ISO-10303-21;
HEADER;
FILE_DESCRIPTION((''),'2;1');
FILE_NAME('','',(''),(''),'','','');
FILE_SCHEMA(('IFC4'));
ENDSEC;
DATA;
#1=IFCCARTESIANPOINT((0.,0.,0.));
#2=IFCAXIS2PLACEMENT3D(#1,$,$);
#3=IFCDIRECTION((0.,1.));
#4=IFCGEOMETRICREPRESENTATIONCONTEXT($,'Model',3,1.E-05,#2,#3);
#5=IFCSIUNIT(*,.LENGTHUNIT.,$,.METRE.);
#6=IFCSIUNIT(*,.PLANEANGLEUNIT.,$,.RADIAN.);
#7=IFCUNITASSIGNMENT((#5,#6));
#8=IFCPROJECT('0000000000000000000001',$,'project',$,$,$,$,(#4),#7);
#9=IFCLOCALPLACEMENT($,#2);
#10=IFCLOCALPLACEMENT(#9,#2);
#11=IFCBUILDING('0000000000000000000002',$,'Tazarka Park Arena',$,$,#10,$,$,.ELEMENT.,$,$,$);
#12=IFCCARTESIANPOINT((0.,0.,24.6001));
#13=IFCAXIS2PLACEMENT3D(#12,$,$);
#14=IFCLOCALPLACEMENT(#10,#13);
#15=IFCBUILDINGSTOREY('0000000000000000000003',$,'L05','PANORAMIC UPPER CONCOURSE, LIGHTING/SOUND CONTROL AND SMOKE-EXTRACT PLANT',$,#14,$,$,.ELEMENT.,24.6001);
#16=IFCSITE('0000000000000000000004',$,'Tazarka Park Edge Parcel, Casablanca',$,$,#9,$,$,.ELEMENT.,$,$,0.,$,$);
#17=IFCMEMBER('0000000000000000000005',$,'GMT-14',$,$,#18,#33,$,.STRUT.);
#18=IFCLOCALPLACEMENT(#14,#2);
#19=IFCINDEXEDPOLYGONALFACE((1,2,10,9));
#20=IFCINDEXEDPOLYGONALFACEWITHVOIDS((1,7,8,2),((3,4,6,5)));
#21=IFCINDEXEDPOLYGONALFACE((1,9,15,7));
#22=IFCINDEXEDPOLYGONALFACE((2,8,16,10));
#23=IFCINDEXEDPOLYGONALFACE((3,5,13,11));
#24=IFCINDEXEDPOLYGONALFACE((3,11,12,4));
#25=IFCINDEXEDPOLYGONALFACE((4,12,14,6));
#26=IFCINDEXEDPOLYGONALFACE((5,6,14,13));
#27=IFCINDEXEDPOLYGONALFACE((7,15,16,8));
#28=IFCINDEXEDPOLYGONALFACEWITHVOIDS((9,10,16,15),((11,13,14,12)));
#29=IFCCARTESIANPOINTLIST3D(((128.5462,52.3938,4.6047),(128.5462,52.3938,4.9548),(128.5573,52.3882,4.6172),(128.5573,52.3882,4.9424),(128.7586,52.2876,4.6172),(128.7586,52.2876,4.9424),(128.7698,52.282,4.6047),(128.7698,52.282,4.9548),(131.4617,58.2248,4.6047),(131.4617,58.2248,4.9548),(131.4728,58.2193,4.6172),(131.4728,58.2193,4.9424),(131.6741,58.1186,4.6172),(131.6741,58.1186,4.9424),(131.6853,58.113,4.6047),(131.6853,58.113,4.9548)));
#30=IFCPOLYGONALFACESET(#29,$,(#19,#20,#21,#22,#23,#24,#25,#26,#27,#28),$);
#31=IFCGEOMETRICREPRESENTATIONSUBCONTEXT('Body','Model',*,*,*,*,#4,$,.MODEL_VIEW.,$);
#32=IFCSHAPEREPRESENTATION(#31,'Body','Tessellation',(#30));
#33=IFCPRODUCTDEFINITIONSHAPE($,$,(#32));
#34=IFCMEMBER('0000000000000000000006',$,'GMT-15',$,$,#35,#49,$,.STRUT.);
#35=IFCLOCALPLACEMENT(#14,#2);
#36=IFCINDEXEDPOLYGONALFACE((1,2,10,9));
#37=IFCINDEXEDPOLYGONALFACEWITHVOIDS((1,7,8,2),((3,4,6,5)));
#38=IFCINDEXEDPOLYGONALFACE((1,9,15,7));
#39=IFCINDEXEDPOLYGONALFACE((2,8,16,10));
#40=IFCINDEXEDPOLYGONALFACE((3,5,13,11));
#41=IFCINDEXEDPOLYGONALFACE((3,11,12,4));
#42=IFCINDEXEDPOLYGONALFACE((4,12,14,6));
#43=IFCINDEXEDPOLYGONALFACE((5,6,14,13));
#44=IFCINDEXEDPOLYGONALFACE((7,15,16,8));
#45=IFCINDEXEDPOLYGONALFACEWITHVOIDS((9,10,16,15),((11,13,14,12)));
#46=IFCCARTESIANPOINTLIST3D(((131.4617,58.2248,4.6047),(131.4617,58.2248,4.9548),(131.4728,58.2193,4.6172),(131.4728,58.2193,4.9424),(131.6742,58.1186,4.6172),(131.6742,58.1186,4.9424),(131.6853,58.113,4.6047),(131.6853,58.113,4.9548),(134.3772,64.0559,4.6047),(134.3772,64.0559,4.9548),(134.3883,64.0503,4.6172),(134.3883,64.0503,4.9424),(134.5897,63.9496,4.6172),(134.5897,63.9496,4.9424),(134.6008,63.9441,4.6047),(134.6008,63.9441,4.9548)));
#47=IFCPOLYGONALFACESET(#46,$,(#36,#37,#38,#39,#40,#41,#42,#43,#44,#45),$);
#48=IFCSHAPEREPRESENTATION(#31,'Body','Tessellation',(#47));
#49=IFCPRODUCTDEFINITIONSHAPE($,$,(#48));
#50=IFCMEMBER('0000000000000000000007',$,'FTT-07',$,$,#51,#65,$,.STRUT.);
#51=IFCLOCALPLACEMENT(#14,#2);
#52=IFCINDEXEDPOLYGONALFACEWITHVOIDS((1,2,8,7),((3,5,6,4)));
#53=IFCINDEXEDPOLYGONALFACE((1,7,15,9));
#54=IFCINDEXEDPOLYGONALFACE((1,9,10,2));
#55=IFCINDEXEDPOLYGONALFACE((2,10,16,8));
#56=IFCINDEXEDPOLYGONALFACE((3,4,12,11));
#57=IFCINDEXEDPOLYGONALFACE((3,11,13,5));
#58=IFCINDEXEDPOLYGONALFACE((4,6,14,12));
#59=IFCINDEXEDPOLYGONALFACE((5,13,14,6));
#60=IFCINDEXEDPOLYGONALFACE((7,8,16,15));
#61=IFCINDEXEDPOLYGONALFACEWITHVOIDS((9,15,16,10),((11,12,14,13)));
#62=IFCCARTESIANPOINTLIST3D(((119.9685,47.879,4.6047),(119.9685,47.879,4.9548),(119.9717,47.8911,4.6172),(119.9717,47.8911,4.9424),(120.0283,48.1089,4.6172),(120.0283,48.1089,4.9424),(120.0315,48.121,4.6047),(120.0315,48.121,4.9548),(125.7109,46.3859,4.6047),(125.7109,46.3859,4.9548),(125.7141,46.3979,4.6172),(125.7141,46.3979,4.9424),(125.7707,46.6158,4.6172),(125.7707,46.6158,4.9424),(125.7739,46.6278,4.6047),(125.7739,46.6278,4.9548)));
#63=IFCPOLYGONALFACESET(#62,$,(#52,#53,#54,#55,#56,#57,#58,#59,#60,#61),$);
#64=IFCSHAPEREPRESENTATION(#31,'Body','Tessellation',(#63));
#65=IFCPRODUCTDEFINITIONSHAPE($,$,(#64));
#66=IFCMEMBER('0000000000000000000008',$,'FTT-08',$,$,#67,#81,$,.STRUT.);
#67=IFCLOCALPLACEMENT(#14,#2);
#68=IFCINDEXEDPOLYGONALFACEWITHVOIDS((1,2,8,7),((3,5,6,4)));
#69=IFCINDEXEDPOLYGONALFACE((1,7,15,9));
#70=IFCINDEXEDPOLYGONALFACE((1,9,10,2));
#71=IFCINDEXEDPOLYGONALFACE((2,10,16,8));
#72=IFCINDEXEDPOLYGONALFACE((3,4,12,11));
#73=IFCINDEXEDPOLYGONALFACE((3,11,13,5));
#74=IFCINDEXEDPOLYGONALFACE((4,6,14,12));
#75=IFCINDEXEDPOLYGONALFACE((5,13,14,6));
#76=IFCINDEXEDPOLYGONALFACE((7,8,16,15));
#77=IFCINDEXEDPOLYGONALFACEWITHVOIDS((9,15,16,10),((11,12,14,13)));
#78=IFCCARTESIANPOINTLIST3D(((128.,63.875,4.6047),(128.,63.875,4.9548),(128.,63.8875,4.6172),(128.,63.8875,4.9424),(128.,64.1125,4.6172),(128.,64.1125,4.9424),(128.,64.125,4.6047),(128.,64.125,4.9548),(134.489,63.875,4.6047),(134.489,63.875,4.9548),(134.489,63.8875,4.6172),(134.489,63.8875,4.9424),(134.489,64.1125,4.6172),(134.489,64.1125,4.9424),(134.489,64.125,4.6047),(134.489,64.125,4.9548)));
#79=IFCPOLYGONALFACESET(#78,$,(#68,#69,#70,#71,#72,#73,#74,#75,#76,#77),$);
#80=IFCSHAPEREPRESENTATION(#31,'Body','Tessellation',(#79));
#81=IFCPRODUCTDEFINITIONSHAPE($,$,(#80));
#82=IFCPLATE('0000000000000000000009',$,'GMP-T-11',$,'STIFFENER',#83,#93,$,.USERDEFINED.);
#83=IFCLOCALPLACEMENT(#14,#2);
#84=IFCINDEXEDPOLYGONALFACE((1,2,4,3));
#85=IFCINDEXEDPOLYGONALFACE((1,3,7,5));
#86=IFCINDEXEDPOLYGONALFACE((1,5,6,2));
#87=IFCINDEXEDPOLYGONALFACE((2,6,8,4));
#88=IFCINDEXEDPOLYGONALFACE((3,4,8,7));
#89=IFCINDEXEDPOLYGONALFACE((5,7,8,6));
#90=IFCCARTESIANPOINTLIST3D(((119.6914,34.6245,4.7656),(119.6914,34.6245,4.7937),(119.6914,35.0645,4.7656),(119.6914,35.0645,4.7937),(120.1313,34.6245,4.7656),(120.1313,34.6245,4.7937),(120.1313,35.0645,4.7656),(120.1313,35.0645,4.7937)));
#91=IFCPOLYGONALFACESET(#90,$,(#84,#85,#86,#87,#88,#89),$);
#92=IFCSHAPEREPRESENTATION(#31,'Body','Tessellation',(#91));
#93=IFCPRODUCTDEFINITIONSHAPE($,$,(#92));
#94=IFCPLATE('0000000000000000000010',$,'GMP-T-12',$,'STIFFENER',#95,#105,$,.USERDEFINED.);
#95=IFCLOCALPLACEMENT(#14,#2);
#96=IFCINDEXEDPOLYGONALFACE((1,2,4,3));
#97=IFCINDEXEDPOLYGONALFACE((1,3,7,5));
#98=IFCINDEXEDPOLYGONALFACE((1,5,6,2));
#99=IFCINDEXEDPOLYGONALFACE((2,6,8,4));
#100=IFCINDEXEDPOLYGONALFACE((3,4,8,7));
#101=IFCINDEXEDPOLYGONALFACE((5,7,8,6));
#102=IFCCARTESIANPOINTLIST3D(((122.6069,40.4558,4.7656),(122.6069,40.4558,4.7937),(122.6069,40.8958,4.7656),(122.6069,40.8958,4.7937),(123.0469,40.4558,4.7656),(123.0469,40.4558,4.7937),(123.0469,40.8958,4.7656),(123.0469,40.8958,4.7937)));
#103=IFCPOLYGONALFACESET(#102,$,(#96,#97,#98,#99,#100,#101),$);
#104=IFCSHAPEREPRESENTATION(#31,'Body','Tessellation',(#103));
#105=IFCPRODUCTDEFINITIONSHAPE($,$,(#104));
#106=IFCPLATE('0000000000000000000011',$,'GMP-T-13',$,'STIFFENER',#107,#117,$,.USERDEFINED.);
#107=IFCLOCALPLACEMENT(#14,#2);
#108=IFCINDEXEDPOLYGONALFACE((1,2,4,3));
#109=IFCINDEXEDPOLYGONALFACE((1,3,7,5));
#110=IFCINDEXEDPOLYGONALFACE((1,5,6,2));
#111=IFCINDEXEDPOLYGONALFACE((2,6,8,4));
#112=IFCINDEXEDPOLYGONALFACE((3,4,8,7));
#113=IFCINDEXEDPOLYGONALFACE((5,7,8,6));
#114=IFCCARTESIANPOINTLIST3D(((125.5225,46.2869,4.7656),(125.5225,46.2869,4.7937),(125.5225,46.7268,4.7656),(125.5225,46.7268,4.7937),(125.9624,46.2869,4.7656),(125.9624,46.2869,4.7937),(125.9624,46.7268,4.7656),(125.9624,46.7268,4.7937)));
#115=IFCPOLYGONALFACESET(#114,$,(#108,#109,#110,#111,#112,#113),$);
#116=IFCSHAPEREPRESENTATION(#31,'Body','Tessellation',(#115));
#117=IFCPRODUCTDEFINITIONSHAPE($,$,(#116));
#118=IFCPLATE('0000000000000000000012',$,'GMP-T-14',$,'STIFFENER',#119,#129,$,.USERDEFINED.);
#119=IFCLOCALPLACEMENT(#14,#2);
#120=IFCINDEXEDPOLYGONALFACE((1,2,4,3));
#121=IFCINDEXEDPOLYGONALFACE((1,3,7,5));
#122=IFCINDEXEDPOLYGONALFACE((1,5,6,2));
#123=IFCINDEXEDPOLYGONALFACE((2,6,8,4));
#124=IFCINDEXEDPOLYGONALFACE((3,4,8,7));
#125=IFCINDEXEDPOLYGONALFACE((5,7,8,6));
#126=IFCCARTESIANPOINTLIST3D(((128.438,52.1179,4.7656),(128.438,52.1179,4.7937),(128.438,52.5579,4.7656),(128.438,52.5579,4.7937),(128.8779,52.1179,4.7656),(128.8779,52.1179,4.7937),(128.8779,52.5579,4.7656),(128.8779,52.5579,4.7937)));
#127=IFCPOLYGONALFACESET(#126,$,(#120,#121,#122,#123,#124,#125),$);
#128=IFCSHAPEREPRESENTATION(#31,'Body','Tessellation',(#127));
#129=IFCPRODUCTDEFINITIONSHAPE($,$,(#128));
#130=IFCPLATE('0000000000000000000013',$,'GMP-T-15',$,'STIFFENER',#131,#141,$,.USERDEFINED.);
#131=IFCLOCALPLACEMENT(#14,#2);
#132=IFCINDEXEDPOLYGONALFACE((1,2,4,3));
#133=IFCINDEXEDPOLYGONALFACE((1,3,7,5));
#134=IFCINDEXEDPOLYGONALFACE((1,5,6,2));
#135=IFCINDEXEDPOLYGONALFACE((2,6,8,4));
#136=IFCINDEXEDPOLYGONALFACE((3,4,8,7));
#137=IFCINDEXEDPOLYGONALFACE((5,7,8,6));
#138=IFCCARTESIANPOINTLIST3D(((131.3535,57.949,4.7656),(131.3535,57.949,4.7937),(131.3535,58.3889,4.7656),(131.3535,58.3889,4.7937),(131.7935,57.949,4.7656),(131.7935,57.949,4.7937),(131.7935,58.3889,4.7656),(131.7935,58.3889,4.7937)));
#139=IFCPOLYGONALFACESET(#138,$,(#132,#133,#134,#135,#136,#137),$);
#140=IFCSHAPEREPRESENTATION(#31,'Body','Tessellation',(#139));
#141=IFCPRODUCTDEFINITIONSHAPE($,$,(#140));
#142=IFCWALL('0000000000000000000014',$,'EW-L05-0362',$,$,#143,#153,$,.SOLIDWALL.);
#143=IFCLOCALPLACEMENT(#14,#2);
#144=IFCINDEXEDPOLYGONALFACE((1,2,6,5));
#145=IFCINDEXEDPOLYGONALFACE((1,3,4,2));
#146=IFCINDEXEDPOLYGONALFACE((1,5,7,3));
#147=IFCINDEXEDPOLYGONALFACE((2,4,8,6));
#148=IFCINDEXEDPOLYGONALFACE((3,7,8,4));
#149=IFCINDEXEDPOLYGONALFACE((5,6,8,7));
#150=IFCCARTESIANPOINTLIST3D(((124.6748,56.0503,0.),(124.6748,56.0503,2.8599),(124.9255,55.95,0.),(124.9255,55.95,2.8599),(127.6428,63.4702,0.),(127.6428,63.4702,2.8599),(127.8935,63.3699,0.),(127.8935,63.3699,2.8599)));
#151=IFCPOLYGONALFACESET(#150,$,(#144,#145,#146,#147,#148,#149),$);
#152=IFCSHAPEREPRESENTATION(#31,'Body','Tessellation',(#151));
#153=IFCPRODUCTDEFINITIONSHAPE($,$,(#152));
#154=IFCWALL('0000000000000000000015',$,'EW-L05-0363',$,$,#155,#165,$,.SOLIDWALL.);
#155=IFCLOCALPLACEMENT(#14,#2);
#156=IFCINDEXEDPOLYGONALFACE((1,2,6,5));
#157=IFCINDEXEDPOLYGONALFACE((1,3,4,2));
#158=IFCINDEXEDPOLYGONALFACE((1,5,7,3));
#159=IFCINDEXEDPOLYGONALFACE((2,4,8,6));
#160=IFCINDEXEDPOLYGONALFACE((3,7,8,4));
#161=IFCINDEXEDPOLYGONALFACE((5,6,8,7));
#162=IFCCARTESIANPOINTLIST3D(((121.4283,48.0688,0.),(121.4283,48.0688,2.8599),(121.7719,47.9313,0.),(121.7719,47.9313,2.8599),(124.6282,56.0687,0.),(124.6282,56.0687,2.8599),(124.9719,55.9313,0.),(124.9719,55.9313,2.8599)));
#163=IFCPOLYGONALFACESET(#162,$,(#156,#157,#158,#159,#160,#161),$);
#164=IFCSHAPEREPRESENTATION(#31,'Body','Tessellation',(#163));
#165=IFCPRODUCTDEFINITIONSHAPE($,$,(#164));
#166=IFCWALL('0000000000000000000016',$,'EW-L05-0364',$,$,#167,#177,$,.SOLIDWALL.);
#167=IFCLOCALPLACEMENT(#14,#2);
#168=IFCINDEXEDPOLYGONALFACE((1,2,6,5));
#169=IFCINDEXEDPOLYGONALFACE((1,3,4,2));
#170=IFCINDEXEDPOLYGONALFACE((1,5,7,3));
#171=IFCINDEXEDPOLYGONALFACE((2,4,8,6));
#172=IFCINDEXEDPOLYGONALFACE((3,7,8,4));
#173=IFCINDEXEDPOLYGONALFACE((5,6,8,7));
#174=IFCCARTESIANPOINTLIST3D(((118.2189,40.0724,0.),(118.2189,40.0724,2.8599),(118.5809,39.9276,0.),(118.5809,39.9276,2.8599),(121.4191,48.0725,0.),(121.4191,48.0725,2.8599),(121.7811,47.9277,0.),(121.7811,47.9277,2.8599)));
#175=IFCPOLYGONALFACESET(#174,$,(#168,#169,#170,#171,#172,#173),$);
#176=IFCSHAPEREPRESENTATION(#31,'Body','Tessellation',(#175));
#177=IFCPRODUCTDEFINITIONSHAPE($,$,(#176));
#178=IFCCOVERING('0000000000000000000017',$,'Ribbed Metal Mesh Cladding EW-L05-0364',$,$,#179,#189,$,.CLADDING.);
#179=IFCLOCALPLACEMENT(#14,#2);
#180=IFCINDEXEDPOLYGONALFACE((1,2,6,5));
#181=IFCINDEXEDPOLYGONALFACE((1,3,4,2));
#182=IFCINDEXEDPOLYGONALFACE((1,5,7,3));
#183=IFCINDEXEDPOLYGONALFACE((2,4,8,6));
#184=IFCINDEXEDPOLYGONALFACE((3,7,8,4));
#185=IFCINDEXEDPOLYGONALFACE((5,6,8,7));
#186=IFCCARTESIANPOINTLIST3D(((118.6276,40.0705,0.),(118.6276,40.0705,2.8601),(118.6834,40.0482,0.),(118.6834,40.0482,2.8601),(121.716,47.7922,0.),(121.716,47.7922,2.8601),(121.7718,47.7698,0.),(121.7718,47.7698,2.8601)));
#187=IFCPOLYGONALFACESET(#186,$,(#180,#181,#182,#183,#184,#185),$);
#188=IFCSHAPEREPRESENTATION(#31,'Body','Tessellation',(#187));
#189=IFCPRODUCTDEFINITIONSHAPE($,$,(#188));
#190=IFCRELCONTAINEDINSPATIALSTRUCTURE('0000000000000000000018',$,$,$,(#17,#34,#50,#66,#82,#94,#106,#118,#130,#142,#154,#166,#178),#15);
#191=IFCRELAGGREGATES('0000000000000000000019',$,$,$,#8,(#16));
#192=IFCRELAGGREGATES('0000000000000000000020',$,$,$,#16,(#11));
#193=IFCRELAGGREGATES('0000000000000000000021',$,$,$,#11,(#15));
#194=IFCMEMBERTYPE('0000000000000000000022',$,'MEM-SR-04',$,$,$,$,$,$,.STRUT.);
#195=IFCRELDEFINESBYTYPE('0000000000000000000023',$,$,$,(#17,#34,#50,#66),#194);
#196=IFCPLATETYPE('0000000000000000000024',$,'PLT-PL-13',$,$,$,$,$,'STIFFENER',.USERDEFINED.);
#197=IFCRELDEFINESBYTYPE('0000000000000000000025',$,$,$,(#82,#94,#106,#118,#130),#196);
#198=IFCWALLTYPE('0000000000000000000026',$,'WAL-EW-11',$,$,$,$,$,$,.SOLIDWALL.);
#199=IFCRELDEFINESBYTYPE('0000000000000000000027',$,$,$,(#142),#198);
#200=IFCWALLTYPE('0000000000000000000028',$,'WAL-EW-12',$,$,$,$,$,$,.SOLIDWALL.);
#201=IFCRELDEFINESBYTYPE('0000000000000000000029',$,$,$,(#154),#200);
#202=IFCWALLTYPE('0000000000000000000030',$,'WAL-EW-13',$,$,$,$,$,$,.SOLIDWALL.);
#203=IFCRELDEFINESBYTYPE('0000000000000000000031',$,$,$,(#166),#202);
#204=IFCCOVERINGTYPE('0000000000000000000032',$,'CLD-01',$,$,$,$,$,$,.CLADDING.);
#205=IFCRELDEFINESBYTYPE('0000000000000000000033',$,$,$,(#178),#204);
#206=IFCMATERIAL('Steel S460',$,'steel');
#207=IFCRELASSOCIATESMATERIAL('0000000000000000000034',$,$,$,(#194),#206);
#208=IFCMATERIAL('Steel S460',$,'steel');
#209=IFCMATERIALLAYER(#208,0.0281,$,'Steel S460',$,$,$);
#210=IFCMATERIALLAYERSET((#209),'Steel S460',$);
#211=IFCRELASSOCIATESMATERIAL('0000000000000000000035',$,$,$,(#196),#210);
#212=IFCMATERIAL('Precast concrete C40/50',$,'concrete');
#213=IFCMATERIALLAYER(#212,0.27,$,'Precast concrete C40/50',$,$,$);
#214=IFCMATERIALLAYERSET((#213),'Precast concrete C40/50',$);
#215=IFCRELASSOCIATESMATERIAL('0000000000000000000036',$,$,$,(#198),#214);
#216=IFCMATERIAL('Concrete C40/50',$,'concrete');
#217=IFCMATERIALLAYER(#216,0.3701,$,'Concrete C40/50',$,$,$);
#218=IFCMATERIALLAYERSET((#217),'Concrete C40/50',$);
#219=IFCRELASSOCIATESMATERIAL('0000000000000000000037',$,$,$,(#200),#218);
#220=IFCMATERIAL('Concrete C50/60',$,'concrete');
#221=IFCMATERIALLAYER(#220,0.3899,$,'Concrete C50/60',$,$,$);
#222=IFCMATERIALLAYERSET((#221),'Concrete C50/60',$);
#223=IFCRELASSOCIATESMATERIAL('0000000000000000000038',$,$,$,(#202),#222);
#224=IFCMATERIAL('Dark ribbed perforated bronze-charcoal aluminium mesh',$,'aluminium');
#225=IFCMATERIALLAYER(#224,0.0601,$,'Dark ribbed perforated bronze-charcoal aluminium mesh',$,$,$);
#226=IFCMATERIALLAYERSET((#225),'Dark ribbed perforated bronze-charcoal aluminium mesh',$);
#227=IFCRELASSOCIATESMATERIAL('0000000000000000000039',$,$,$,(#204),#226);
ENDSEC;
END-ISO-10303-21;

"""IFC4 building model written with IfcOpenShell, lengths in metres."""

from ifc_helpers import new_model, si_unit, direction, frame, frame_2d, origin, origin_2d, place, context, subcontext, project, spatial, rectangle, hollow_rectangle, extrude, material, layer, layer_set, material_profile, profile_set, type_object, element, save


model = new_model("IFC4")

# Units and contexts
model_context = context("Model", 3, precision=1e-05, world=origin(), true_north=direction((0.0, 1.0)))
body_context = subcontext(model_context, "Body", "Model", "MODEL_VIEW")
ifc_project = project(units=[si_unit("LENGTHUNIT", "METRE"), si_unit("PLANEANGLEUNIT", "RADIAN")], contexts=[model_context])

# Site, building, storey
site_placement = place(None, origin())
site = spatial("IfcSite", under=ifc_project, at=site_placement, Name="Tazarka Park Edge Parcel, Casablanca", CompositionType="ELEMENT", RefElevation=0.0)
building_placement = place(site_placement, origin())
building = spatial("IfcBuilding", under=site, at=building_placement, Name="Tazarka Park Arena", CompositionType="ELEMENT")
storey_placement = place(building_placement, frame((0.0, 0.0, 24.6001)))
storey = spatial("IfcBuildingStorey", under=building, at=storey_placement, Name="L05", Description="PANORAMIC UPPER CONCOURSE, LIGHTING/SOUND CONTROL AND SMOKE-EXTRACT PLANT", CompositionType="ELEMENT", Elevation=24.6001)

# Members
ifc_material_1 = material(Name="Steel S460", Category="steel")
ifc_material_profile_1 = material_profile(ifc_material_1, hollow_rectangle(XDim=0.25, YDim=0.3501, WallThickness=0.0125, at=origin_2d()), Name="Steel S460")
ifc_profile_set_1 = profile_set([ifc_material_profile_1], Name="Steel S460")
member_type_1 = type_object("IfcMemberType", Name="MEM-SR-04", PredefinedType="STRUT", material=ifc_profile_set_1)
for number, where, z_axis, x_axis, name in (
    (1, (128.658, 52.3379, 4.7798), (0.447214, 0.894427, 0.0), (-0.894427, 0.447214, 0.0), "GMT-14"),
    (2, (131.5735, 58.1689, 4.7798), (0.447214, 0.894427, 0.0), (-0.894427, 0.447214, 0.0), "GMT-15"),
):
    element("IfcMember", number, at=place(storey_placement, frame(where, z_axis=z_axis, x_axis=x_axis)), inside=storey, type_object=member_type_1, Name=name, PredefinedType="STRUT", context=body_context, shape_type="SweptSolid", body=[
        extrude(hollow_rectangle(XDim=0.25, YDim=0.3501, WallThickness=0.0125, at=origin_2d()), origin(), (0.0, 0.0, 1.0), 6.5193),
    ])
member_1_placement = place(storey_placement, frame((120.0, 48.0, 4.7798), z_axis=(0.967817, -0.251655, 0.0), x_axis=(0.251655, 0.967817, 0.0)))
element("IfcMember", 3, at=member_1_placement, inside=storey, type_object=member_type_1, Name="FTT-07", PredefinedType="STRUT", context=body_context, shape_type="SweptSolid", body=[
    extrude(hollow_rectangle(XDim=0.25, YDim=0.3501, WallThickness=0.0125, at=origin_2d()), origin(), (0.0, 0.0, 1.0), 5.9333),
])
member_2_placement = place(storey_placement, frame((128.0, 64.0, 4.7798), z_axis=(1.0, 0.0, 0.0), x_axis=(0.0, 1.0, 0.0)))
element("IfcMember", 4, at=member_2_placement, inside=storey, type_object=member_type_1, Name="FTT-08", PredefinedType="STRUT", context=body_context, shape_type="SweptSolid", body=[
    extrude(hollow_rectangle(XDim=0.25, YDim=0.3501, WallThickness=0.0125, at=origin_2d()), origin(), (0.0, 0.0, 1.0), 6.489),
])

# Plates
ifc_material_2 = material(Name="Steel S460", Category="steel")
ifc_layer_1 = layer(ifc_material_2, 0.0281, Name="Steel S460")
ifc_layer_set_1 = layer_set([ifc_layer_1], Name="Steel S460")
plate_type = type_object("IfcPlateType", Name="PLT-PL-13", ElementType="STIFFENER", PredefinedType="USERDEFINED", material=ifc_layer_set_1)
for number, where, z_axis, x_axis, name in (
    (5, (119.9114, 34.8445, 4.7656), (0.0, 0.0, 1.0), (1.0, 0.0, 0.0), "GMP-T-11"),
    (6, (122.8269, 40.6758, 4.7656), (0.0, 0.0, 1.0), (1.0, 0.0, 0.0), "GMP-T-12"),
    (7, (125.7424, 46.5068, 4.7656), (0.0, 0.0, 1.0), (1.0, 0.0, 0.0), "GMP-T-13"),
    (8, (128.658, 52.3379, 4.7656), (0.0, 0.0, 1.0), (1.0, 0.0, 0.0), "GMP-T-14"),
    (9, (131.5735, 58.1689, 4.7656), (0.0, 0.0, 1.0), (1.0, 0.0, 0.0), "GMP-T-15"),
):
    element("IfcPlate", number, at=place(storey_placement, frame(where, z_axis=z_axis, x_axis=x_axis)), inside=storey, type_object=plate_type, Name=name, ObjectType="STIFFENER", PredefinedType="USERDEFINED", context=body_context, shape_type="SweptSolid", body=[
        extrude(rectangle(XDim=0.4399, YDim=0.4399, at=origin_2d()), origin(), (0.0, 0.0, 1.0), 0.0281),
    ])

# Walls
ifc_material_3 = material(Name="Precast concrete C40/50", Category="concrete")
ifc_layer_2 = layer(ifc_material_3, 0.27, Name="Precast concrete C40/50")
ifc_layer_set_2 = layer_set([ifc_layer_2], Name="Precast concrete C40/50")
wall_type_1 = type_object("IfcWallType", Name="WAL-EW-11", PredefinedType="SOLIDWALL", material=ifc_layer_set_2)
wall_1_placement = place(storey_placement, frame((127.7681, 63.4199, 0.0), z_axis=(0.0, 0.0, 1.0), x_axis=(-0.371396, -0.928475, 0.0)))
element("IfcWall", 10, at=wall_1_placement, inside=storey, type_object=wall_type_1, Name="EW-L05-0362", PredefinedType="SOLIDWALL", context=body_context, shape_type="SweptSolid", body=[
    extrude(rectangle(XDim=7.9915, YDim=0.27, at=frame_2d((3.9956, 0.0))), origin(), (0.0, 0.0, 1.0), 2.8599),
])
ifc_material_4 = material(Name="Concrete C40/50", Category="concrete")
ifc_layer_3 = layer(ifc_material_4, 0.3701, Name="Concrete C40/50")
ifc_layer_set_3 = layer_set([ifc_layer_3], Name="Concrete C40/50")
wall_type_2 = type_object("IfcWallType", Name="WAL-EW-12", PredefinedType="SOLIDWALL", material=ifc_layer_set_3)
wall_2_placement = place(storey_placement, frame((124.8, 56.0, 0.0), z_axis=(0.0, 0.0, 1.0), x_axis=(-0.371386, -0.928479, 0.0)))
element("IfcWall", 11, at=wall_2_placement, inside=storey, type_object=wall_type_2, Name="EW-L05-0363", PredefinedType="SOLIDWALL", context=body_context, shape_type="SweptSolid", body=[
    extrude(rectangle(XDim=8.6162, YDim=0.3701, at=frame_2d((4.3081, 0.0))), origin(), (0.0, 0.0, 1.0), 2.8599),
])
ifc_material_5 = material(Name="Concrete C50/60", Category="concrete")
ifc_layer_4 = layer(ifc_material_5, 0.3899, Name="Concrete C50/60")
ifc_layer_set_4 = layer_set([ifc_layer_4], Name="Concrete C50/60")
wall_type_3 = type_object("IfcWallType", Name="WAL-EW-13", PredefinedType="SOLIDWALL", material=ifc_layer_set_4)
wall_3_placement = place(storey_placement, frame((121.6001, 48.0, 0.0), z_axis=(0.0, 0.0, 1.0), x_axis=(-0.37141, -0.928469, 0.0)))
element("IfcWall", 12, at=wall_3_placement, inside=storey, type_object=wall_type_3, Name="EW-L05-0364", PredefinedType="SOLIDWALL", context=body_context, shape_type="SweptSolid", body=[
    extrude(rectangle(XDim=8.6165, YDim=0.3899, at=frame_2d((4.3081, 0.0))), origin(), (0.0, 0.0, 1.0), 2.8599),
])

# Covering
ifc_material_6 = material(Name="Dark ribbed perforated bronze-charcoal aluminium mesh", Category="aluminium")
ifc_layer_5 = layer(ifc_material_6, 0.0601, Name="Dark ribbed perforated bronze-charcoal aluminium mesh")
ifc_layer_set_5 = layer_set([ifc_layer_5], Name="Dark ribbed perforated bronze-charcoal aluminium mesh")
covering_type = type_object("IfcCoveringType", Name="CLD-01", PredefinedType="CLADDING", material=ifc_layer_set_5)
covering_placement = place(storey_placement, frame((120.1997, 43.9202, 0.0), z_axis=(0.0, 0.0, 1.0), x_axis=(-0.371368, -0.928486, 0.0)))
element("IfcCovering", 13, at=covering_placement, inside=storey, type_object=covering_type, Name="Ribbed Metal Mesh Cladding EW-L05-0364", PredefinedType="CLADDING", context=body_context, shape_type="SweptSolid", body=[
    extrude(rectangle(XDim=8.3164, YDim=0.0601, at=origin_2d()), origin(), (0.0, 0.0, 1.0), 2.8601),
])

save(model, "model.ifc")
